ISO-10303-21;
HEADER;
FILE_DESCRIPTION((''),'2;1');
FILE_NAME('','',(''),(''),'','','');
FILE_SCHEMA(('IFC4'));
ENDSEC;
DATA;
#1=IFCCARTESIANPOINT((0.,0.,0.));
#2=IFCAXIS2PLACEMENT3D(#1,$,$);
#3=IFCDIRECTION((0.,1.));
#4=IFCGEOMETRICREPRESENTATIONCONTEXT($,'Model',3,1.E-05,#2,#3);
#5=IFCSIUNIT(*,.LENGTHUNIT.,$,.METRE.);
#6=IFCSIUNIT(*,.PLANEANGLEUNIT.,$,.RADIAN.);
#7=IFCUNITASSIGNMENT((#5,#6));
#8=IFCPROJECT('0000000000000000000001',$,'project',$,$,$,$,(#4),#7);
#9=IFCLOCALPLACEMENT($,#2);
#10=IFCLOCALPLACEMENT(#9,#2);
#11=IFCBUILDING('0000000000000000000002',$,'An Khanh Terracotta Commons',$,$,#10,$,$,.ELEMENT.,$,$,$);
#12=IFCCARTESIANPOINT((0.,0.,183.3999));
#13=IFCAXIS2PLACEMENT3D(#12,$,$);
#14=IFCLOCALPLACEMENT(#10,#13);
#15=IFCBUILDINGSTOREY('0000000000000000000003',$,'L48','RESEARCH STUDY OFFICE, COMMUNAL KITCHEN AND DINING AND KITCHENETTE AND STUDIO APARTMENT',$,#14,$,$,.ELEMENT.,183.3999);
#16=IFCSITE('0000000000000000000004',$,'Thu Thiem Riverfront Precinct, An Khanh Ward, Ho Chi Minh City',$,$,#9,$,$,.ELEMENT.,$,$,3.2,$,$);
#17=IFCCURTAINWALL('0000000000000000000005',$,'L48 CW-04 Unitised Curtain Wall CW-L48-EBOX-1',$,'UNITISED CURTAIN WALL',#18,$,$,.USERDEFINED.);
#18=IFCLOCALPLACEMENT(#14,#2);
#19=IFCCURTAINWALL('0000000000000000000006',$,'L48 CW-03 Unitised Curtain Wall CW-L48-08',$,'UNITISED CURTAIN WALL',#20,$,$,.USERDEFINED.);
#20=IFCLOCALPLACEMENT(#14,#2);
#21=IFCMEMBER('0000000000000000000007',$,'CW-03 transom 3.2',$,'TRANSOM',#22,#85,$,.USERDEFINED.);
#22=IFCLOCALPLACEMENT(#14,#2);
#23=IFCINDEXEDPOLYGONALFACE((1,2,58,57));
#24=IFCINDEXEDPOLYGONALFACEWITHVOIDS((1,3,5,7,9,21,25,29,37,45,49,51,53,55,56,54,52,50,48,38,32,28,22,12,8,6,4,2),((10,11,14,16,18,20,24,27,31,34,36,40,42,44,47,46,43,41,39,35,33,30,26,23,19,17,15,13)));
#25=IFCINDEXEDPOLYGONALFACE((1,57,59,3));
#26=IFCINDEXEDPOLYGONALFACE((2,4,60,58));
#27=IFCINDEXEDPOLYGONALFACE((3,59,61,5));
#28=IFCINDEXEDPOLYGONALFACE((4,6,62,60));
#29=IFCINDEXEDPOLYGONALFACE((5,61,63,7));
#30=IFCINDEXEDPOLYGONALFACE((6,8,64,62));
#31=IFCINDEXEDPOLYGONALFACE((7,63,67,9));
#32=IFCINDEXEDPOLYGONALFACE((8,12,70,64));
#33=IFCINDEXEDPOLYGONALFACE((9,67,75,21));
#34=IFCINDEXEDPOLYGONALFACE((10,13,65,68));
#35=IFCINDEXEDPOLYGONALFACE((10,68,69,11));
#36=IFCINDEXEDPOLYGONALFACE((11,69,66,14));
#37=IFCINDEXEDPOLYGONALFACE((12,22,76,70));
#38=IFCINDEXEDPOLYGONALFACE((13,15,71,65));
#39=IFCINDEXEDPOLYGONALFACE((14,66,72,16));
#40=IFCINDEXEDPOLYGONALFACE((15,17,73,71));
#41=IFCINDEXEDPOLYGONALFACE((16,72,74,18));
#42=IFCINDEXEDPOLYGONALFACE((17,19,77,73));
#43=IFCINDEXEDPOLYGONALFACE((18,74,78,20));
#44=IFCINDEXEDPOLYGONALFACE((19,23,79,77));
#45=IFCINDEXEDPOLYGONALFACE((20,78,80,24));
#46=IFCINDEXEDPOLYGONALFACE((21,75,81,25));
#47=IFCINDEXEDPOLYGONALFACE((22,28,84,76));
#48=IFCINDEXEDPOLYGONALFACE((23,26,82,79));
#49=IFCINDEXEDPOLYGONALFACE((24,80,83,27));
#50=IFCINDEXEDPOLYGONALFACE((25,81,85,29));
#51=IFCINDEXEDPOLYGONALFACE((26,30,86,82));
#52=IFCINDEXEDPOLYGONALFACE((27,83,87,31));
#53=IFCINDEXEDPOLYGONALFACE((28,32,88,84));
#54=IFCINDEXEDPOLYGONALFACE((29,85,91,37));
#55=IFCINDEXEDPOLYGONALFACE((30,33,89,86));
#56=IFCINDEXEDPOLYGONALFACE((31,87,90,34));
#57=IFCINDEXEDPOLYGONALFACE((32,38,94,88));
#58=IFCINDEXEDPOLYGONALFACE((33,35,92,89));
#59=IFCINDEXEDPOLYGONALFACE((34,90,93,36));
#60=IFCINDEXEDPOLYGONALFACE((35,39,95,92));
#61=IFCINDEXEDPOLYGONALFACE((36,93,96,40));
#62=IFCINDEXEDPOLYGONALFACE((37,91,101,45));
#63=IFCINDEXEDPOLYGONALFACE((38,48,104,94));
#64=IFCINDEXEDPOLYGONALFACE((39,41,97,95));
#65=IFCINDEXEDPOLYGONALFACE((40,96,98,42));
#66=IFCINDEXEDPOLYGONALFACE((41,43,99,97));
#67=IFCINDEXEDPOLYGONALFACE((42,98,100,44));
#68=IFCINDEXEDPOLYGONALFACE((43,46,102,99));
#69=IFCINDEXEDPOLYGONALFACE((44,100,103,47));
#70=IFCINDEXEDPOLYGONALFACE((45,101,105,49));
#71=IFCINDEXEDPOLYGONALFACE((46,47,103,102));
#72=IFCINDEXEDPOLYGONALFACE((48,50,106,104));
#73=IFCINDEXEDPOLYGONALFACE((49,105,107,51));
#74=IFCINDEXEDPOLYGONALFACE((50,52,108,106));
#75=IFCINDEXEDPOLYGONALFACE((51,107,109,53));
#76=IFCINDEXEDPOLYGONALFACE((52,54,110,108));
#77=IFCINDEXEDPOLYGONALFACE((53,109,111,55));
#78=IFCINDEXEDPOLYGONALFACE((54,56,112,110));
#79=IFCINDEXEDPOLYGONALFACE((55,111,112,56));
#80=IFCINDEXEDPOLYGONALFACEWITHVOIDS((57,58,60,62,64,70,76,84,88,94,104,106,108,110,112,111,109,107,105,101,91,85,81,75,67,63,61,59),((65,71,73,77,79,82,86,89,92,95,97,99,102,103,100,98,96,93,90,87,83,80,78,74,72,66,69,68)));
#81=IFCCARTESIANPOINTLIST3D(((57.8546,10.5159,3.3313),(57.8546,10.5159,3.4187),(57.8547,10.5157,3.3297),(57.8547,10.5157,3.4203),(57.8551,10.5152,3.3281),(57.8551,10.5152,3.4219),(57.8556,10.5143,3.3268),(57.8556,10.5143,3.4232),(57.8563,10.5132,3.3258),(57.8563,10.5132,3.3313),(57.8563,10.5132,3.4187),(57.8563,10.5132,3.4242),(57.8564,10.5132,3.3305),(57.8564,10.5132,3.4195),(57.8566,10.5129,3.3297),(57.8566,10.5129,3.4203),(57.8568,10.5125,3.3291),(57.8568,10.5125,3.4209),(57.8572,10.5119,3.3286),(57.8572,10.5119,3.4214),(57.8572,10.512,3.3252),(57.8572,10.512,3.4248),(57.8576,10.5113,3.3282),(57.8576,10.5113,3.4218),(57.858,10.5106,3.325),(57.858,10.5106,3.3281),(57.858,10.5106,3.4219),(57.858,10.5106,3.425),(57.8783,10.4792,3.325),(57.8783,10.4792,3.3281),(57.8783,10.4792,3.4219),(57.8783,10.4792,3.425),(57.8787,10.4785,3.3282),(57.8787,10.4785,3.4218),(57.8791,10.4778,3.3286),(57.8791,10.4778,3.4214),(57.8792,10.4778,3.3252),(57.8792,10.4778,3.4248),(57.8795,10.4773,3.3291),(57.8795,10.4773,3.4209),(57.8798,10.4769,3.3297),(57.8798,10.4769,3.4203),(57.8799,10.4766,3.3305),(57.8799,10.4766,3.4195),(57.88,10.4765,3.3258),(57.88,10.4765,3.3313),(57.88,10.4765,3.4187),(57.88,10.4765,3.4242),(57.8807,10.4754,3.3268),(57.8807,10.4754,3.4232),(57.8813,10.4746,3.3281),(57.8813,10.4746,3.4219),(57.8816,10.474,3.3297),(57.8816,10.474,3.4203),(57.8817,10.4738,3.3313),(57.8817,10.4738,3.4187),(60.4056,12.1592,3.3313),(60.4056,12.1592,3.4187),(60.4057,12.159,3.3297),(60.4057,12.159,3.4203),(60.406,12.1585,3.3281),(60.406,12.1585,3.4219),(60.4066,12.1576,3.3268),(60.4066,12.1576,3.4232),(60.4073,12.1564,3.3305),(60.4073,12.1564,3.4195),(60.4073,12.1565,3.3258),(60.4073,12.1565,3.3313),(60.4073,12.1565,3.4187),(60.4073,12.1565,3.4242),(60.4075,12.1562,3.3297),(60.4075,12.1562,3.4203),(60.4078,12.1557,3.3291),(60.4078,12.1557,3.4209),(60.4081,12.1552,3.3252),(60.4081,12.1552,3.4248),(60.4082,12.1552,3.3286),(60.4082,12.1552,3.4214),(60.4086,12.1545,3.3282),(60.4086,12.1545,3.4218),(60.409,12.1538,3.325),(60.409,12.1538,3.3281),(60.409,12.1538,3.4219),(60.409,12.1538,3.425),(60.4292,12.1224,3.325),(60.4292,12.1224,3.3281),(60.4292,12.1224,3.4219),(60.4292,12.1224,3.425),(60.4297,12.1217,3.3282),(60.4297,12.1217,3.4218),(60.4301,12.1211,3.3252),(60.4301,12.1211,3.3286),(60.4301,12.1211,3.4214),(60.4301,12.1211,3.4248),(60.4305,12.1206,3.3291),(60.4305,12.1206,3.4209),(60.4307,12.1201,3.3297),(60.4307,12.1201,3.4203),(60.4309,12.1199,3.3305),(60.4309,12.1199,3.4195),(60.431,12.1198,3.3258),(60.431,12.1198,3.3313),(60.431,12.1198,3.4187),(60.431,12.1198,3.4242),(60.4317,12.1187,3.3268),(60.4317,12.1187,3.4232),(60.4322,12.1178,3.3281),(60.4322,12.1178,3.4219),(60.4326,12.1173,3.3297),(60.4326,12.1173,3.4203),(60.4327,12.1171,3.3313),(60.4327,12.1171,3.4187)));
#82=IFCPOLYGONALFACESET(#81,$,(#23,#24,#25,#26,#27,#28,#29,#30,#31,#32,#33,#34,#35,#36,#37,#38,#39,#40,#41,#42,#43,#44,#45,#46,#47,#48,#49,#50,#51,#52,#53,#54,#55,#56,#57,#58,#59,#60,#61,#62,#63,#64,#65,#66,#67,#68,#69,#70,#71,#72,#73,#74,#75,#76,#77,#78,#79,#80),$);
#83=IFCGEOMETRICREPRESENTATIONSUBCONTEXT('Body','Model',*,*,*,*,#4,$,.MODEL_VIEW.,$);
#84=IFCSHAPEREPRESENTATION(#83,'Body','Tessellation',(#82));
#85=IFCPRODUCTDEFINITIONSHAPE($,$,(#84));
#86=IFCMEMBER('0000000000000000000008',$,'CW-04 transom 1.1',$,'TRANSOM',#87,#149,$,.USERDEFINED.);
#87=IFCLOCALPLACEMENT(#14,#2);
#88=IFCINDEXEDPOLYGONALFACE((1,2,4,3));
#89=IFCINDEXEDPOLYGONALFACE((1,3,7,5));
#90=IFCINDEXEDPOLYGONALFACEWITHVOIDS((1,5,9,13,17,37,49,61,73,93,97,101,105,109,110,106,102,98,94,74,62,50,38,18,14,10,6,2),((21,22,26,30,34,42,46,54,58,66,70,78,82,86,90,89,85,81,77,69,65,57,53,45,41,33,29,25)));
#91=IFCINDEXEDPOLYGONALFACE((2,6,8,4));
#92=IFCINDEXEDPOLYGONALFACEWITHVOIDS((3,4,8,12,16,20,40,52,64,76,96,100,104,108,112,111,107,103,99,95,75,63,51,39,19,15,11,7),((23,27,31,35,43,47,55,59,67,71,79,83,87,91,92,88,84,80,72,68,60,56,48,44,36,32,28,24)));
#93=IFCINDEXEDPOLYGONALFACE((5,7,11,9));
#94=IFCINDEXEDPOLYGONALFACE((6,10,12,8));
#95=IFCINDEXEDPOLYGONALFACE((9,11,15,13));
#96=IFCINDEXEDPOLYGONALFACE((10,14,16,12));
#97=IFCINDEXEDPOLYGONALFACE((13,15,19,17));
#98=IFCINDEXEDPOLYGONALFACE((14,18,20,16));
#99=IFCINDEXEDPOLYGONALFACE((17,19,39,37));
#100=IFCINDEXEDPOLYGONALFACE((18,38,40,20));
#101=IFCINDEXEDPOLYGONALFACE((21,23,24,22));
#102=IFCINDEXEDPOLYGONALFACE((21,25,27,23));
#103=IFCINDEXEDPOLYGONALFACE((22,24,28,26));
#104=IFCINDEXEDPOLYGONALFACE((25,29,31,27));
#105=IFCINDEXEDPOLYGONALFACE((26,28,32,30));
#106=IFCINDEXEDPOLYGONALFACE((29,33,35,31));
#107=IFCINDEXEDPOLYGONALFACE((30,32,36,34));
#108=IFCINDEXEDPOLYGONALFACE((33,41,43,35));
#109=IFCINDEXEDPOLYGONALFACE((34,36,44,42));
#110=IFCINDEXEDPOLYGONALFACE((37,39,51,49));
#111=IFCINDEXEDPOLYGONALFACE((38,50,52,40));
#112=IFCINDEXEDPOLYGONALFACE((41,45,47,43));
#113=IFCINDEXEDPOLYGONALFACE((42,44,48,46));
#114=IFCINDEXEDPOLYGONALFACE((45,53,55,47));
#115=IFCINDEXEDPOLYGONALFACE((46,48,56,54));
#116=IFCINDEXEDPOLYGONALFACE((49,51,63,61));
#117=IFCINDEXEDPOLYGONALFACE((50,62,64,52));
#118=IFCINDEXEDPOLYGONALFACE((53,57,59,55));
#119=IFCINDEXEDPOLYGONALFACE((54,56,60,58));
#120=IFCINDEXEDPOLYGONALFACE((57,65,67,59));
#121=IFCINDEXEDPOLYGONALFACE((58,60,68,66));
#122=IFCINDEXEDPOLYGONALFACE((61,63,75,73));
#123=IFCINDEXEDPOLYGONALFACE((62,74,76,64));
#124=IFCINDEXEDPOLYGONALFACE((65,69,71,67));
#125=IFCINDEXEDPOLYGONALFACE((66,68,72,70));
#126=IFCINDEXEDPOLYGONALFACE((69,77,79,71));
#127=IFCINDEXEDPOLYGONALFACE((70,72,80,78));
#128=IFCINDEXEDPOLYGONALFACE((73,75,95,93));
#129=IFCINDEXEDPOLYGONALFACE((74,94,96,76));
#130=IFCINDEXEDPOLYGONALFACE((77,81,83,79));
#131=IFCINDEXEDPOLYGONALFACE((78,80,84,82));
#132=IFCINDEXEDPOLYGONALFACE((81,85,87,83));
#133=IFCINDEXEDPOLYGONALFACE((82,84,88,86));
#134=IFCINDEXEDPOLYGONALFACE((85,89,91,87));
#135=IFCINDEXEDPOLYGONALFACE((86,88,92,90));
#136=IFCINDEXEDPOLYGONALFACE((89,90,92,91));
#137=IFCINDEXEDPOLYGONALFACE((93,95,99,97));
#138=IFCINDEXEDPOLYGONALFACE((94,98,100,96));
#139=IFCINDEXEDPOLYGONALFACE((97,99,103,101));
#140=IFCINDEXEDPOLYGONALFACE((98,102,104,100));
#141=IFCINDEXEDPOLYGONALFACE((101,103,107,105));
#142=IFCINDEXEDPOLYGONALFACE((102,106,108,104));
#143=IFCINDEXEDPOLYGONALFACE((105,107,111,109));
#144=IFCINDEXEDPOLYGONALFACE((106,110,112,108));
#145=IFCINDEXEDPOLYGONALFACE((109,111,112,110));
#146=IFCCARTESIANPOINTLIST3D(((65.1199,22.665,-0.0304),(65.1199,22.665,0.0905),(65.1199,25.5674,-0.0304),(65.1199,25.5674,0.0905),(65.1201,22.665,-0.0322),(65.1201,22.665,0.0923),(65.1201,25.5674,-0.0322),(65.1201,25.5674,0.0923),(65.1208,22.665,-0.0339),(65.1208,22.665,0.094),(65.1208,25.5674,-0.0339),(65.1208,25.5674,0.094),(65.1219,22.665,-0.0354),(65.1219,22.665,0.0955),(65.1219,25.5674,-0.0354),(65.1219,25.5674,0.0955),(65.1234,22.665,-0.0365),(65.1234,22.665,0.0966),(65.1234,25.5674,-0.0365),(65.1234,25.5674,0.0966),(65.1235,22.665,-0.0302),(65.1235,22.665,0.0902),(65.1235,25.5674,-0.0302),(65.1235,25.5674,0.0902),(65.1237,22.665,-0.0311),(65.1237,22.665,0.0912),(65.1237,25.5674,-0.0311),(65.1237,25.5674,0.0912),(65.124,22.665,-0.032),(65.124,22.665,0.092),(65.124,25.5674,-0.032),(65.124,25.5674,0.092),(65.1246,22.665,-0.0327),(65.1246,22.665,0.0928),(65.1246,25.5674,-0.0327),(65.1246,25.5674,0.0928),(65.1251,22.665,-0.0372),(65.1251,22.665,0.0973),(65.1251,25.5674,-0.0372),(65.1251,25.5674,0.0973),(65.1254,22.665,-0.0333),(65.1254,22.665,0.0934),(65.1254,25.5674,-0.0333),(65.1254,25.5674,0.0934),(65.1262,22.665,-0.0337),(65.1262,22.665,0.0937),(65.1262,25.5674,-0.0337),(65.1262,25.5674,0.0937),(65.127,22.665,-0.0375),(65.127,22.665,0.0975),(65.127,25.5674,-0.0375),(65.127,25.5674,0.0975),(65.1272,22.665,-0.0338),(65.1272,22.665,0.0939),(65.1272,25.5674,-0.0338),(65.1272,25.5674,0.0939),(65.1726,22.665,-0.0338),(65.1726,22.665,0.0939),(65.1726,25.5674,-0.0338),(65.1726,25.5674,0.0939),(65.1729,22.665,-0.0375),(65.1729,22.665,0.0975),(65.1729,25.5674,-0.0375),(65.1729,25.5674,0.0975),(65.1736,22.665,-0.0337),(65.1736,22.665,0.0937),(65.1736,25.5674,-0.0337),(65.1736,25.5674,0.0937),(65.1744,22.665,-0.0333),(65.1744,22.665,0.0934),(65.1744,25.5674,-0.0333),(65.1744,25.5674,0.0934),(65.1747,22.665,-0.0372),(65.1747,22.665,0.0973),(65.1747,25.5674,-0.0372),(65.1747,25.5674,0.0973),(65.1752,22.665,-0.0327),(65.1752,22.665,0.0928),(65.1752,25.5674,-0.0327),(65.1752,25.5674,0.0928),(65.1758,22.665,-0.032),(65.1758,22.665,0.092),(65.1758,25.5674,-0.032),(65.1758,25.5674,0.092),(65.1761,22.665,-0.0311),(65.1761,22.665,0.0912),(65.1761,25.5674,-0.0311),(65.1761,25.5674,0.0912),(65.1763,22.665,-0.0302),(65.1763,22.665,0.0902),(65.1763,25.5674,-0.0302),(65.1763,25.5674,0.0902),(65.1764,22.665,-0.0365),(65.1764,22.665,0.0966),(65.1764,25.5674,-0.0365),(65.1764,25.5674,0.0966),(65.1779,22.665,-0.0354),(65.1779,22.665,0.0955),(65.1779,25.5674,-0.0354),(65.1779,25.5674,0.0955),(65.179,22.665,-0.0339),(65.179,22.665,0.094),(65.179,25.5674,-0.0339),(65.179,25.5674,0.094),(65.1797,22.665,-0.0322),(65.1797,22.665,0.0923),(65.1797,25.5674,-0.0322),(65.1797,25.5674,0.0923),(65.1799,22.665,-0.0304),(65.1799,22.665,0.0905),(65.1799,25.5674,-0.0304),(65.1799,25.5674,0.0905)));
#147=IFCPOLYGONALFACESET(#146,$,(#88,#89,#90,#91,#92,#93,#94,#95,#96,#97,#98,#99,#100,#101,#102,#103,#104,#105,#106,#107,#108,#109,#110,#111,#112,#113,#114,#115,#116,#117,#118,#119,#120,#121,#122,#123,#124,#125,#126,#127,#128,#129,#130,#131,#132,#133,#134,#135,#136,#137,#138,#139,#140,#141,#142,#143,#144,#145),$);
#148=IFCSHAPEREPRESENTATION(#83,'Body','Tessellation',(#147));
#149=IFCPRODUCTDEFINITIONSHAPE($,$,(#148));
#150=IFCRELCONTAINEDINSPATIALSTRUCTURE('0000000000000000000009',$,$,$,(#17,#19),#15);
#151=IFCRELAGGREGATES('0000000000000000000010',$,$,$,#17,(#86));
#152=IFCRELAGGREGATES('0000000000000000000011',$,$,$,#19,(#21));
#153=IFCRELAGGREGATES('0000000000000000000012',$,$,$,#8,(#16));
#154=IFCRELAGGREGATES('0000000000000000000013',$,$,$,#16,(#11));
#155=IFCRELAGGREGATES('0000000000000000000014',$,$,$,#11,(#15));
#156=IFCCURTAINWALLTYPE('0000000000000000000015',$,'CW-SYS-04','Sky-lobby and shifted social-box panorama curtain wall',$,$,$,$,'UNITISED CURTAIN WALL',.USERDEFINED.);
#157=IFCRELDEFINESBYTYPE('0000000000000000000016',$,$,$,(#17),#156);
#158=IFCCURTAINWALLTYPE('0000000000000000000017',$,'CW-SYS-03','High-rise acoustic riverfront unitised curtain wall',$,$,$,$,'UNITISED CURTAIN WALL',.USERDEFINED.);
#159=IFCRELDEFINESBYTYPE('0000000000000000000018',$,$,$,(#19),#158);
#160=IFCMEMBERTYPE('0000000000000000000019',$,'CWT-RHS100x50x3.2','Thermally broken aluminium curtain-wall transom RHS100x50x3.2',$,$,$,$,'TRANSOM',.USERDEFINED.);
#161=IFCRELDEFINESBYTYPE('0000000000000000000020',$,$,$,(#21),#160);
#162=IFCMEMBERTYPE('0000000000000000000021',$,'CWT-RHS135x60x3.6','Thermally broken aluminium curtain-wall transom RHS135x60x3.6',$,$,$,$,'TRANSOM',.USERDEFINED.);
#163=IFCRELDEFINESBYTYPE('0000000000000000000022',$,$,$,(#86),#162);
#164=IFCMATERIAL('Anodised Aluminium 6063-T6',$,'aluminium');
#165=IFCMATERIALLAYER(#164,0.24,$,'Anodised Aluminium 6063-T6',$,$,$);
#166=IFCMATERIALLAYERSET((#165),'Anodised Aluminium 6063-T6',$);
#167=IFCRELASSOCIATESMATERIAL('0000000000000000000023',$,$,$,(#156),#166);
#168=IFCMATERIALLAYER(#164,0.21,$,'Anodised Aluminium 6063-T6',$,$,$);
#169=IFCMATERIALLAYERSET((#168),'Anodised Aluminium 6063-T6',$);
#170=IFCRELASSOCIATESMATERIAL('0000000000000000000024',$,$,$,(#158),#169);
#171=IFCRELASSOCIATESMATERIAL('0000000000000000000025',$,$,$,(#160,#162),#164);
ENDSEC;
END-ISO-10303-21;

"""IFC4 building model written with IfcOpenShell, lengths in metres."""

from ifc_helpers import new_model, si_unit, direction, frame, origin, origin_2d, place, context, subcontext, project, spatial, hollow_rectangle, extrude, material, layer, layer_set, material_profile, profile_set, type_object, element, aggregate, save


model = new_model("IFC4")

# Units and contexts
model_context = context("Model", 3, precision=1e-05, world=origin(), true_north=direction((0.0, 1.0)))
body_context = subcontext(model_context, "Body", "Model", "MODEL_VIEW")
ifc_project = project(units=[si_unit("LENGTHUNIT", "METRE"), si_unit("PLANEANGLEUNIT", "RADIAN")], contexts=[model_context])

# Site, building, storey
site_placement = place(None, origin())
site = spatial("IfcSite", under=ifc_project, at=site_placement, Name="Thu Thiem Riverfront Precinct, An Khanh Ward, Ho Chi Minh City", CompositionType="ELEMENT", RefElevation=3.2)
building_placement = place(site_placement, origin())
building = spatial("IfcBuilding", under=site, at=building_placement, Name="An Khanh Terracotta Commons", CompositionType="ELEMENT")
storey_placement = place(building_placement, frame((0.0, 0.0, 183.3999)))
storey = spatial("IfcBuildingStorey", under=building, at=storey_placement, Name="L48", Description="RESEARCH STUDY OFFICE, COMMUNAL KITCHEN AND DINING AND KITCHENETTE AND STUDIO APARTMENT", CompositionType="ELEMENT", Elevation=183.3999)

# Curtain wall
ifc_material_1 = material(Name="Anodised Aluminium 6063-T6", Category="aluminium")
ifc_layer_1 = layer(ifc_material_1, 0.24, Name="Anodised Aluminium 6063-T6")
ifc_layer_set_1 = layer_set([ifc_layer_1], Name="Anodised Aluminium 6063-T6")
curtain_wall_type_1 = type_object("IfcCurtainWallType", Name="CW-SYS-04", Description="Sky-lobby and shifted social-box panorama curtain wall", ElementType="UNITISED CURTAIN WALL", PredefinedType="USERDEFINED", material=ifc_layer_set_1)
curtain_wall_1_placement = place(storey_placement, origin())
curtain_wall_1 = element("IfcCurtainWall", 1, at=curtain_wall_1_placement, inside=storey, type_object=curtain_wall_type_1, Name="L48 CW-04 Unitised Curtain Wall CW-L48-EBOX-1", ObjectType="UNITISED CURTAIN WALL", PredefinedType="USERDEFINED")

# Curtain wall, member
ifc_layer_2 = layer(ifc_material_1, 0.21, Name="Anodised Aluminium 6063-T6")
ifc_layer_set_2 = layer_set([ifc_layer_2], Name="Anodised Aluminium 6063-T6")
curtain_wall_type_2 = type_object("IfcCurtainWallType", Name="CW-SYS-03", Description="High-rise acoustic riverfront unitised curtain wall", ElementType="UNITISED CURTAIN WALL", PredefinedType="USERDEFINED", material=ifc_layer_set_2)
curtain_wall_2_placement = place(storey_placement, origin())
curtain_wall_2 = element("IfcCurtainWall", 2, at=curtain_wall_2_placement, inside=storey, type_object=curtain_wall_type_2, Name="L48 CW-03 Unitised Curtain Wall CW-L48-08", ObjectType="UNITISED CURTAIN WALL", PredefinedType="USERDEFINED")
ifc_material_profile_1 = material_profile(ifc_material_1, hollow_rectangle(XDim=0.05, YDim=0.1001, WallThickness=0.0032, InnerFilletRadius=0.0032, OuterFilletRadius=0.0063, at=origin_2d()), Name="RHS100x50x3.2")
ifc_profile_set_1 = profile_set([ifc_material_profile_1], Name="Anodised Aluminium 6063-T6")
member_type_1 = type_object("IfcMemberType", Name="CWT-RHS100x50x3.2", Description="Thermally broken aluminium curtain-wall transom RHS100x50x3.2", ElementType="TRANSOM", PredefinedType="USERDEFINED", material=ifc_profile_set_1)
member_1_placement = place(storey_placement, frame((57.8682, 10.4949, 3.375), z_axis=(0.840674, 0.541542, 0.0), x_axis=(-0.541542, 0.840674, 0.0)))
member_1 = element("IfcMember", 3, at=member_1_placement, type_object=member_type_1, Name="CW-03 transom 3.2", ObjectType="TRANSOM", PredefinedType="USERDEFINED", context=body_context, shape_type="SweptSolid", body=[
    extrude(hollow_rectangle(XDim=0.05, YDim=0.1001, WallThickness=0.0032, InnerFilletRadius=0.0032, OuterFilletRadius=0.0063, at=origin_2d()), origin(), (0.0, 0.0, 1.0), 3.0344),
])

# Member
ifc_material_profile_2 = material_profile(ifc_material_1, hollow_rectangle(XDim=0.0601, YDim=0.135, WallThickness=0.0037, InnerFilletRadius=0.0037, OuterFilletRadius=0.0071, at=origin_2d()), Name="RHS135x60x3.6")
ifc_profile_set_2 = profile_set([ifc_material_profile_2], Name="Anodised Aluminium 6063-T6")
member_type_2 = type_object("IfcMemberType", Name="CWT-RHS135x60x3.6", Description="Thermally broken aluminium curtain-wall transom RHS135x60x3.6", ElementType="TRANSOM", PredefinedType="USERDEFINED", material=ifc_profile_set_2)
member_2_placement = place(storey_placement, frame((65.1499, 22.665, 0.03), z_axis=(0.0, 1.0, 0.0), x_axis=(-1.0, 0.0, 0.0)))
member_2 = element("IfcMember", 4, at=member_2_placement, type_object=member_type_2, Name="CW-04 transom 1.1", ObjectType="TRANSOM", PredefinedType="USERDEFINED", context=body_context, shape_type="SweptSolid", body=[
    extrude(hollow_rectangle(XDim=0.0601, YDim=0.135, WallThickness=0.0037, InnerFilletRadius=0.0037, OuterFilletRadius=0.0071, at=origin_2d()), origin(), (0.0, 0.0, 1.0), 2.9023),
])
aggregate(curtain_wall_1, [member_2])

aggregate(curtain_wall_2, [member_1])

save(model, "model.ifc")
